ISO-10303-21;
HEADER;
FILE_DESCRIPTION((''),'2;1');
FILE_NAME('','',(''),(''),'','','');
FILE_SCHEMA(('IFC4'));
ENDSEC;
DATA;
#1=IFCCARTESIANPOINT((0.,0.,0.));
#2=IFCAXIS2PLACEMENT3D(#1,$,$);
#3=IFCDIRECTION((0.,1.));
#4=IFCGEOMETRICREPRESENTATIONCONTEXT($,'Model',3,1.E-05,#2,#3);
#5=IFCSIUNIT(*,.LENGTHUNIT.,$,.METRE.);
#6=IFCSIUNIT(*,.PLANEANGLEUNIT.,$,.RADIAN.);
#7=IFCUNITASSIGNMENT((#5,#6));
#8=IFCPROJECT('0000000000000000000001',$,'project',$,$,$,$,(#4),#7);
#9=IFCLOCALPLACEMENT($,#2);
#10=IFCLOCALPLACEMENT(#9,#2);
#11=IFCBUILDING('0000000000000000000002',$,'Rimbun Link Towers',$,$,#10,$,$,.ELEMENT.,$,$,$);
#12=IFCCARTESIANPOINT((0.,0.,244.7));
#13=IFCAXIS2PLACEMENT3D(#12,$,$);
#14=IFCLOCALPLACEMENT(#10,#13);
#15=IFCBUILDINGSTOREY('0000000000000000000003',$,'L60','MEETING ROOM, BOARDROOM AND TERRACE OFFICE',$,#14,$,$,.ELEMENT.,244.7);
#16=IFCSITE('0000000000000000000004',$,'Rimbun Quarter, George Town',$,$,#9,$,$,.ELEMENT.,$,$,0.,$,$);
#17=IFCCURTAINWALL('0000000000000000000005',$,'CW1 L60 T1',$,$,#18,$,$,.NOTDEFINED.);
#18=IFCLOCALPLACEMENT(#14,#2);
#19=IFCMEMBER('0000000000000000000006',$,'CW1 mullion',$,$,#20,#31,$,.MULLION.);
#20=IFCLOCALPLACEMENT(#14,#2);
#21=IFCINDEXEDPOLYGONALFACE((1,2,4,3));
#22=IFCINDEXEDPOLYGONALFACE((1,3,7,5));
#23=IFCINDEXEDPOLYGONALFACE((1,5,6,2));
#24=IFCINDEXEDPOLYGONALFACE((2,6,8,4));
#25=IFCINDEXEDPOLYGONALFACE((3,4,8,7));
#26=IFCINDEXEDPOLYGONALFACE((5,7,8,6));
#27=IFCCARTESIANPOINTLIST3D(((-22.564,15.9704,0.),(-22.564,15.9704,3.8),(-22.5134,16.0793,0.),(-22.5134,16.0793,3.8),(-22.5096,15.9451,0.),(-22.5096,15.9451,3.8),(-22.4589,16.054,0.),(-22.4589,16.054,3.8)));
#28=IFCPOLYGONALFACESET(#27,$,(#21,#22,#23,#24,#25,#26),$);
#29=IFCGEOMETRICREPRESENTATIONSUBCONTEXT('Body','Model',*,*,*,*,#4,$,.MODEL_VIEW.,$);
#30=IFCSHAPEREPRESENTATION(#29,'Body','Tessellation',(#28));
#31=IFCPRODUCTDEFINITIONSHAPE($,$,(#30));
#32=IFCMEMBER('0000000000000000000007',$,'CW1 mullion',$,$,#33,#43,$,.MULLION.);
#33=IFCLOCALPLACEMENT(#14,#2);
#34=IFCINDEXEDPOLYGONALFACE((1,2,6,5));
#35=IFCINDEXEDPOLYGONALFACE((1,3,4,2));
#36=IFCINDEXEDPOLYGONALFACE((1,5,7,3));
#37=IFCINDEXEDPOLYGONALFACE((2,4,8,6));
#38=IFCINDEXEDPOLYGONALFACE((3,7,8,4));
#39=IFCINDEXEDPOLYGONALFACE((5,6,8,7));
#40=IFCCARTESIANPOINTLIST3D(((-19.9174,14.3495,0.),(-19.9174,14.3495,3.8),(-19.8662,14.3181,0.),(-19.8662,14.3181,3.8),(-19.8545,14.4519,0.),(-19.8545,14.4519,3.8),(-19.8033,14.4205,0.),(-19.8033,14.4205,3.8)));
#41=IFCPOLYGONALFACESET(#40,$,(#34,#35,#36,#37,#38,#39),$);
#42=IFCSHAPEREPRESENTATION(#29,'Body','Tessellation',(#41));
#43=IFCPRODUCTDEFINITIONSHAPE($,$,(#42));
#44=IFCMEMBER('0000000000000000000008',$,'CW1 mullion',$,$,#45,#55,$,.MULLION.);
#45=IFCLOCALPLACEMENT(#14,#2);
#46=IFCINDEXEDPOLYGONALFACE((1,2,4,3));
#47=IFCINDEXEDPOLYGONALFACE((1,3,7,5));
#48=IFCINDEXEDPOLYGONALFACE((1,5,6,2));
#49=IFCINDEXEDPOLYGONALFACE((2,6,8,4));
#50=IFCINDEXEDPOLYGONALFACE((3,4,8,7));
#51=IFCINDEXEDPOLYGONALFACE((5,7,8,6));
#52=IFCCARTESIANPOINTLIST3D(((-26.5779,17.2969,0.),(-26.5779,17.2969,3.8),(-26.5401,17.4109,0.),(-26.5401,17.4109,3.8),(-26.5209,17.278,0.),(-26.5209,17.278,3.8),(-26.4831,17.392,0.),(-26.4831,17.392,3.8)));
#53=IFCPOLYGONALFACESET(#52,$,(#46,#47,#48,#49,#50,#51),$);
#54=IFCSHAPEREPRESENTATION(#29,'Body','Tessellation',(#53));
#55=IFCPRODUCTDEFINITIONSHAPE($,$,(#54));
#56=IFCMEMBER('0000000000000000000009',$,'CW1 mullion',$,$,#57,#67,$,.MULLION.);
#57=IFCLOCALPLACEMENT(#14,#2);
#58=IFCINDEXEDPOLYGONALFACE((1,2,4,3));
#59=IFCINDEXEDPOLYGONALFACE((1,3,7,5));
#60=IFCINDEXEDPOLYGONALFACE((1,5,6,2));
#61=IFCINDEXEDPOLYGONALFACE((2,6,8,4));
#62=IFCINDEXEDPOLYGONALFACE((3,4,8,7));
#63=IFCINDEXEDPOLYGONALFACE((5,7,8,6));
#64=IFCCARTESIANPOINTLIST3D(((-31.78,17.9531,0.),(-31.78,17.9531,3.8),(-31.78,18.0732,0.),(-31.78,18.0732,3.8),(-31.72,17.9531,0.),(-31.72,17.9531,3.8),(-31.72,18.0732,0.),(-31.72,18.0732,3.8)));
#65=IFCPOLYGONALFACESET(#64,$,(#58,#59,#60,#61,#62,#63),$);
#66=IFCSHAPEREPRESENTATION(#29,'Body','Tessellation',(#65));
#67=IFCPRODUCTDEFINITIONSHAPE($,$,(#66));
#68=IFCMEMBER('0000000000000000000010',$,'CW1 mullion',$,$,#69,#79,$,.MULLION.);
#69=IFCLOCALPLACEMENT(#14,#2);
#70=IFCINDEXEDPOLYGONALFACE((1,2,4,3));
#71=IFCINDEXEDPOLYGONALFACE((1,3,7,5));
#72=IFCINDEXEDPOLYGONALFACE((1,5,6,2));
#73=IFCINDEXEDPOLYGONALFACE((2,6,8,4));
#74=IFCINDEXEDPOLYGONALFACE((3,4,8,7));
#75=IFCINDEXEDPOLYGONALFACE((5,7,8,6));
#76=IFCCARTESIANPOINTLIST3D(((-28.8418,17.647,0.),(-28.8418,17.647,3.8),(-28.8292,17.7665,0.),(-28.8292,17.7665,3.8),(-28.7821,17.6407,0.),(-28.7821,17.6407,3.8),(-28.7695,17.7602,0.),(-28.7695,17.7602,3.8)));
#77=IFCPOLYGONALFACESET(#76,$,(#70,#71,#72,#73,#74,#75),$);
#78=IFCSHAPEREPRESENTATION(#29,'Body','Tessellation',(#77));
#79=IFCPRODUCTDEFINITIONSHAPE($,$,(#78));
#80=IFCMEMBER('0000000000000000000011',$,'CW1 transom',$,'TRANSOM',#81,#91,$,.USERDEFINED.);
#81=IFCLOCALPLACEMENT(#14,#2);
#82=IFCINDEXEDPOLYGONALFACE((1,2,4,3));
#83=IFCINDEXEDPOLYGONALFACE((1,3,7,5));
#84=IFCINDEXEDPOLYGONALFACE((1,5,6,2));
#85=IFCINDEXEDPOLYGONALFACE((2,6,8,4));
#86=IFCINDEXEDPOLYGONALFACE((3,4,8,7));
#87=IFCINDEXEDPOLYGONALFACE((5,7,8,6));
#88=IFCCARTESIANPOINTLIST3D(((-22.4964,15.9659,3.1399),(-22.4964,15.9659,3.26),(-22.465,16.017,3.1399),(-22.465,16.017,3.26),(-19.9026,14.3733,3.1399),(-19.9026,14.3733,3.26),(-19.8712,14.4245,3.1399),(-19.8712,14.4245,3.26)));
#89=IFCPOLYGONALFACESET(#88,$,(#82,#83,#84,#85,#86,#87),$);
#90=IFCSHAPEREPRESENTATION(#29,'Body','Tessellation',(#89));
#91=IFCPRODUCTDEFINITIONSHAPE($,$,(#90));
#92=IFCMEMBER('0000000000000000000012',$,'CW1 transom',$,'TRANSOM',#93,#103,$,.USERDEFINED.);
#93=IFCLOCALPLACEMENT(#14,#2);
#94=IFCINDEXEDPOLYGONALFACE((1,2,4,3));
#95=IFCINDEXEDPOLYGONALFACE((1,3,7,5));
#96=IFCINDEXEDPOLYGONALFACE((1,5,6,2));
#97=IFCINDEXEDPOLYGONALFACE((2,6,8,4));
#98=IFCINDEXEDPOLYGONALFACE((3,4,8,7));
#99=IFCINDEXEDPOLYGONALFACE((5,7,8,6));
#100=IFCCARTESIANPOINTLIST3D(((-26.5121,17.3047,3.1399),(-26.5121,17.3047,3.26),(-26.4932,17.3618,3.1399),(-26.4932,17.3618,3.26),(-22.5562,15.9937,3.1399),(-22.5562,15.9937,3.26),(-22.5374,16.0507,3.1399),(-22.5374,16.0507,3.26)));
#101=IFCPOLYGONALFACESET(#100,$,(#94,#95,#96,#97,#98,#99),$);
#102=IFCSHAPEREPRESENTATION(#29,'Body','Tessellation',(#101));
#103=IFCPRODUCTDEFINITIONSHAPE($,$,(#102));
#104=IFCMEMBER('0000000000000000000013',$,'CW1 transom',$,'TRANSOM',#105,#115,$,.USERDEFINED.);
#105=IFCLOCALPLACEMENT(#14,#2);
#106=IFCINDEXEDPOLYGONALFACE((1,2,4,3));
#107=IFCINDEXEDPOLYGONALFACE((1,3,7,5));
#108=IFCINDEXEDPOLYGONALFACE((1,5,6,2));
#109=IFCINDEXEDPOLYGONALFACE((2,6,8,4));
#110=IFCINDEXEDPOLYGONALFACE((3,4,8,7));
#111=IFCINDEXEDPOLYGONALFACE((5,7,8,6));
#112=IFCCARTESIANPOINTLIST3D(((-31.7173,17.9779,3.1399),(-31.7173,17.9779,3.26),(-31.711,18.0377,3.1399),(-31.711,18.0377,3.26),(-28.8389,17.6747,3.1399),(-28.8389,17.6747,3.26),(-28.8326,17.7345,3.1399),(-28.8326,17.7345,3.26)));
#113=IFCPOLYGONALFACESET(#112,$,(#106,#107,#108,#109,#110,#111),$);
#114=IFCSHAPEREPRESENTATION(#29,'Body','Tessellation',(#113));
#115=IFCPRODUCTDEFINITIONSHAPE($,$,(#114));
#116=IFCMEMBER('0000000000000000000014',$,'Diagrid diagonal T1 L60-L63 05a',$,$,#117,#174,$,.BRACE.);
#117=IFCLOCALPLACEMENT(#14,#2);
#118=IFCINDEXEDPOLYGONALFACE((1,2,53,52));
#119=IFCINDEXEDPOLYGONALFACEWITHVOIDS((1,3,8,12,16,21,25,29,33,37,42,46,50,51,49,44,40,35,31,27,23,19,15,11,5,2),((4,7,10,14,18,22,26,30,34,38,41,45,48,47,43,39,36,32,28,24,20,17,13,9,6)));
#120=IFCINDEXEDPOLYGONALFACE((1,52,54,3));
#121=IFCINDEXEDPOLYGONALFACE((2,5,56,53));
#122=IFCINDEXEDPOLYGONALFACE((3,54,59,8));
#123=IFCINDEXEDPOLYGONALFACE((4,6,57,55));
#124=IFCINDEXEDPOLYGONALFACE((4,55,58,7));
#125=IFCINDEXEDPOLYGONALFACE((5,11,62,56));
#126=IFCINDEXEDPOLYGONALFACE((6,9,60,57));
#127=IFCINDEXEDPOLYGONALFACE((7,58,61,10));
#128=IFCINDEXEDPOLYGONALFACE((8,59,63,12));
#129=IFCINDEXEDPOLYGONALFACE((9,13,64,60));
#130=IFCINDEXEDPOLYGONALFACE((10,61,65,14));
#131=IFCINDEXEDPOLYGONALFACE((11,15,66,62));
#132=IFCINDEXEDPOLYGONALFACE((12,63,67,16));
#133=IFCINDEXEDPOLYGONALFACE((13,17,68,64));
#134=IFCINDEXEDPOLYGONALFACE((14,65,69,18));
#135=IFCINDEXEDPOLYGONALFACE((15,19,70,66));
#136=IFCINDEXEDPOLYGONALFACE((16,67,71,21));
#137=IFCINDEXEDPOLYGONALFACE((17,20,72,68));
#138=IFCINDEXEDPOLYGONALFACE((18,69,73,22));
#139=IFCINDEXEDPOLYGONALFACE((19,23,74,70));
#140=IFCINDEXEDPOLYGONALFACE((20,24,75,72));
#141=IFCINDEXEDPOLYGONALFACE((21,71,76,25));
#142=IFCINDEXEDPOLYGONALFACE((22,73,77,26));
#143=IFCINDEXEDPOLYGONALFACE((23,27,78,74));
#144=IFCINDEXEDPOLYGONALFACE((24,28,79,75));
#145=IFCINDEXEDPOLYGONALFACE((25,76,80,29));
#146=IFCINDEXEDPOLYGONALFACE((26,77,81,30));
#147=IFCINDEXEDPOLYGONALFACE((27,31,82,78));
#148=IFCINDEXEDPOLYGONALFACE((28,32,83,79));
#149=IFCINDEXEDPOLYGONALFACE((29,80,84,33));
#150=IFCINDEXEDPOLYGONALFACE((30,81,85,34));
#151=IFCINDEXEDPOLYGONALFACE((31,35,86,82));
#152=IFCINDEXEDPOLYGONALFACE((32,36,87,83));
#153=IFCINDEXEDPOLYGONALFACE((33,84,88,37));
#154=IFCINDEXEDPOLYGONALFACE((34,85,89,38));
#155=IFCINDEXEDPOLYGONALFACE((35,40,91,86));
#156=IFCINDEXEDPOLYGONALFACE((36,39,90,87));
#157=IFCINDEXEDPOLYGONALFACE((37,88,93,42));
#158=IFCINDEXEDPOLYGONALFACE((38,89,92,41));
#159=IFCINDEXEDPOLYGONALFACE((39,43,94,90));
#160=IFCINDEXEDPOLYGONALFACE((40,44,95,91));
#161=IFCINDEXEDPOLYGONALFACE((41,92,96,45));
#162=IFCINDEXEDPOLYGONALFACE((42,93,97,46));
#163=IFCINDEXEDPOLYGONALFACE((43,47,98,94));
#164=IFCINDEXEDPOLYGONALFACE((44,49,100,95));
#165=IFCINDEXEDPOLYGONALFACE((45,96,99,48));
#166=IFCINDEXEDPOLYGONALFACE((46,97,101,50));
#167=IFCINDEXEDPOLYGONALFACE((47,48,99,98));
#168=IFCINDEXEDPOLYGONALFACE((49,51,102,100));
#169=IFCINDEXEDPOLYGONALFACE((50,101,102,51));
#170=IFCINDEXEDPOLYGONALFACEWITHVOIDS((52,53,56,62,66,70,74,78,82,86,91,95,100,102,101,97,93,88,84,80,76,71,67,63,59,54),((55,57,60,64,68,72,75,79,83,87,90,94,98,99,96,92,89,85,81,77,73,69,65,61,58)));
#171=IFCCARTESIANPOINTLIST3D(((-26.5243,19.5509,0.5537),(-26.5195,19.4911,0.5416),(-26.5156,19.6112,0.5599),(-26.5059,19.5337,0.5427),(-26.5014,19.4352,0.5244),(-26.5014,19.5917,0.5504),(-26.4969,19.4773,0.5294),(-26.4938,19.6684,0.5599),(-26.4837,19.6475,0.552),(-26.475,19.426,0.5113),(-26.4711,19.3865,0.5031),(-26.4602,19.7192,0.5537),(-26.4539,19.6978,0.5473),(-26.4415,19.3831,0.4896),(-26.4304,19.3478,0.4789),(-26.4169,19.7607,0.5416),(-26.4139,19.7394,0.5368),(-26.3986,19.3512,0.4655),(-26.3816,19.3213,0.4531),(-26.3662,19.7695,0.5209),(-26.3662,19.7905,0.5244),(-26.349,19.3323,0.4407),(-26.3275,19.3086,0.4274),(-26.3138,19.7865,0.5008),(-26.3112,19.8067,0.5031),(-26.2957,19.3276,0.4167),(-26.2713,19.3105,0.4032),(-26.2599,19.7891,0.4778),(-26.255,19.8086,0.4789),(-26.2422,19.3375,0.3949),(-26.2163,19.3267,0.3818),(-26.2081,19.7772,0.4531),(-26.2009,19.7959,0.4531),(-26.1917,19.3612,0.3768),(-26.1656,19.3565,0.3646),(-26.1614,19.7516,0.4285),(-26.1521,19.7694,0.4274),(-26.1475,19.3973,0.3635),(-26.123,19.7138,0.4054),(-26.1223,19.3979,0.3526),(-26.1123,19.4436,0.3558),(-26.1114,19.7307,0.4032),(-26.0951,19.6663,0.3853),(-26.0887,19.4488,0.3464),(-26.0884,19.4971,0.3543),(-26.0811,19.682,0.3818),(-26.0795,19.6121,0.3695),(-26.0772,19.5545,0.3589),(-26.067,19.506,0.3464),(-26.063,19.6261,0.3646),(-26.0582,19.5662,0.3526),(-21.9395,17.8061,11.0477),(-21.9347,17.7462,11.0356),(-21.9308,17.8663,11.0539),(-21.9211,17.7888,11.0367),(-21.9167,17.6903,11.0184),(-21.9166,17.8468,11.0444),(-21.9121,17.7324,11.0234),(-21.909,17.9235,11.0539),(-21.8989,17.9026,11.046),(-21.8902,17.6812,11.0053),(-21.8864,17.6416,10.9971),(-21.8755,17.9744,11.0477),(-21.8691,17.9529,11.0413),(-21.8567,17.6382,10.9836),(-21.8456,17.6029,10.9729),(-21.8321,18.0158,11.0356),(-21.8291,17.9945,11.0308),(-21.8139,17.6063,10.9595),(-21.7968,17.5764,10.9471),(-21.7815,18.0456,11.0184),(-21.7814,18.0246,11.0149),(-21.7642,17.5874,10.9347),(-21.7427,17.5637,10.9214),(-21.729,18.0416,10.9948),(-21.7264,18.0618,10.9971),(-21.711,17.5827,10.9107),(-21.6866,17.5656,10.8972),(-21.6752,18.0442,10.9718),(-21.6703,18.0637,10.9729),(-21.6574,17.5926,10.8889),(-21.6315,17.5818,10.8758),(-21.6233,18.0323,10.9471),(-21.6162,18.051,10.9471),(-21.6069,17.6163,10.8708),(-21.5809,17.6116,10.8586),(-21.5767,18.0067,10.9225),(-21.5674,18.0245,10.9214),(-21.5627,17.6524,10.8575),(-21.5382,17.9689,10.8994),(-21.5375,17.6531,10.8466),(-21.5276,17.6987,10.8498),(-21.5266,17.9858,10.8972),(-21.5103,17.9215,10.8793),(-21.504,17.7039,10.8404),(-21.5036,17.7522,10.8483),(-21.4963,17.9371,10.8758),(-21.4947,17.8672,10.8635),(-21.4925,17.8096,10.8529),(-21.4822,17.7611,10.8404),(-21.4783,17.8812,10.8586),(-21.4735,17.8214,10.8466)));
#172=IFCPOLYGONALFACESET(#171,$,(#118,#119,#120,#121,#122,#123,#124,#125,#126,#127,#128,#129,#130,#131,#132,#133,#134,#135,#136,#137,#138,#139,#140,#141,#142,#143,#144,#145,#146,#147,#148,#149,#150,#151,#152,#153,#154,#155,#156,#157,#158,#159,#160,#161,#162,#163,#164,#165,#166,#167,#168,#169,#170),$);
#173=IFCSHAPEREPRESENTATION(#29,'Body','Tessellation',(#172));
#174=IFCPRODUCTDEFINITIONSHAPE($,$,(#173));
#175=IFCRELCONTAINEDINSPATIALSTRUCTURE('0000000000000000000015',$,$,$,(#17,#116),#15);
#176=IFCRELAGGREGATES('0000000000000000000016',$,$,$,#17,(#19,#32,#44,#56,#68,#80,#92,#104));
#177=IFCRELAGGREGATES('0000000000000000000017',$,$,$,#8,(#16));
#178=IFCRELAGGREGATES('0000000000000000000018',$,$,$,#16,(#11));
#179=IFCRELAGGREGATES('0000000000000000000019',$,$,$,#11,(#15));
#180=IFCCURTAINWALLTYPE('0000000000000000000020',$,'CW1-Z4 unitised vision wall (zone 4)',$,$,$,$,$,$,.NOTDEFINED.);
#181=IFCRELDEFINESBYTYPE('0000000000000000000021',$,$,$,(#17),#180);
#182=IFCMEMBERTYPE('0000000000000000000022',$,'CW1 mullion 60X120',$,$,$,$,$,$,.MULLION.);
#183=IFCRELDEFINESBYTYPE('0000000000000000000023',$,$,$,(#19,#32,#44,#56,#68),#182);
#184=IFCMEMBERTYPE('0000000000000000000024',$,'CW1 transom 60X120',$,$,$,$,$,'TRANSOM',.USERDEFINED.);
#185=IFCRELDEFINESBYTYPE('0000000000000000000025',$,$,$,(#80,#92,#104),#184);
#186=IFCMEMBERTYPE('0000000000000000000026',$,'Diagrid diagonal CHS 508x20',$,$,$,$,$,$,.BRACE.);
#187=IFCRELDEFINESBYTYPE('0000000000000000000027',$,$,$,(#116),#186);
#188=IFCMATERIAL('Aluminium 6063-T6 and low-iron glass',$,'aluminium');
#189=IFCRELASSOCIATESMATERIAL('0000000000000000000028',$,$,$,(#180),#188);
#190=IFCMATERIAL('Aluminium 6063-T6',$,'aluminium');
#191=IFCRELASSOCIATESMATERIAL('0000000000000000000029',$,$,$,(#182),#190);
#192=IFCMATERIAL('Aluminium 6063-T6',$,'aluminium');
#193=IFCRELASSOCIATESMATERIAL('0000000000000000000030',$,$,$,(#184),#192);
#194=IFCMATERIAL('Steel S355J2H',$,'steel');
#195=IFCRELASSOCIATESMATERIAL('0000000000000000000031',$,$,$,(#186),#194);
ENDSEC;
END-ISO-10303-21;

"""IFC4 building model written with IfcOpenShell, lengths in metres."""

from ifc_helpers import new_model, si_unit, direction, frame, origin, origin_2d, place, context, subcontext, project, spatial, rectangle, hollow_circle, extrude, material, material_profile, profile_set, type_object, element, aggregate, save


model = new_model("IFC4")

# Units and contexts
model_context = context("Model", 3, precision=1e-05, world=origin(), true_north=direction((0.0, 1.0)))
body_context = subcontext(model_context, "Body", "Model", "MODEL_VIEW")
ifc_project = project(units=[si_unit("LENGTHUNIT", "METRE"), si_unit("PLANEANGLEUNIT", "RADIAN")], contexts=[model_context])

# Site, building, storey
site_placement = place(None, origin())
site = spatial("IfcSite", under=ifc_project, at=site_placement, Name="Rimbun Quarter, George Town", CompositionType="ELEMENT", RefElevation=0.0)
building_placement = place(site_placement, origin())
building = spatial("IfcBuilding", under=site, at=building_placement, Name="Rimbun Link Towers", CompositionType="ELEMENT")
storey_placement = place(building_placement, frame((0.0, 0.0, 244.7)))
storey = spatial("IfcBuildingStorey", under=building, at=storey_placement, Name="L60", Description="MEETING ROOM, BOARDROOM AND TERRACE OFFICE", CompositionType="ELEMENT", Elevation=244.7)

# Curtain wall, members
ifc_material_1 = material(Name="Aluminium 6063-T6 and low-iron glass", Category="aluminium")
curtain_wall_type = type_object("IfcCurtainWallType", Name="CW1-Z4 unitised vision wall (zone 4)", PredefinedType="NOTDEFINED", material=ifc_material_1)
curtain_wall_placement = place(storey_placement, origin())
curtain_wall = element("IfcCurtainWall", 1, at=curtain_wall_placement, inside=storey, type_object=curtain_wall_type, Name="CW1 L60 T1", PredefinedType="NOTDEFINED")
ifc_material_2 = material(Name="Aluminium 6063-T6", Category="aluminium")
ifc_material_profile_1 = material_profile(ifc_material_2, rectangle(XDim=0.1201, YDim=0.0601, at=origin_2d()), Name="MULLION 60X120")
ifc_profile_set_1 = profile_set([ifc_material_profile_1], Name="Aluminium 6063-T6")
member_type_1 = type_object("IfcMemberType", Name="CW1 mullion 60X120", PredefinedType="MULLION", material=ifc_profile_set_1)
member_1_placement = place(storey_placement, frame((-22.5115, 16.0122, 0.0), z_axis=(0.0, 0.0, 1.0), x_axis=(0.4217, 0.906735, 0.0)))
member_1 = element("IfcMember", 2, at=member_1_placement, type_object=member_type_1, Name="CW1 mullion", PredefinedType="MULLION", context=body_context, shape_type="SweptSolid", body=[
    extrude(rectangle(XDim=0.1201, YDim=0.0601, at=origin_2d()), origin(), (0.0, 0.0, 1.0), 3.8),
])
member_2_placement = place(storey_placement, frame((-19.8604, 14.385, 0.0), z_axis=(0.0, 0.0, 1.0), x_axis=(0.523229, 0.852192, 0.0)))
member_2 = element("IfcMember", 3, at=member_2_placement, type_object=member_type_1, Name="CW1 mullion", PredefinedType="MULLION", context=body_context, shape_type="SweptSolid", body=[
    extrude(rectangle(XDim=0.1201, YDim=0.0601, at=origin_2d()), origin(), (0.0, 0.0, 1.0), 3.8),
])
member_3_placement = place(storey_placement, frame((-26.5305, 17.3445, 0.0), z_axis=(0.0, 0.0, 1.0), x_axis=(0.314569, 0.949234, 0.0)))
member_3 = element("IfcMember", 4, at=member_3_placement, type_object=member_type_1, Name="CW1 mullion", PredefinedType="MULLION", context=body_context, shape_type="SweptSolid", body=[
    extrude(rectangle(XDim=0.1201, YDim=0.0601, at=origin_2d()), origin(), (0.0, 0.0, 1.0), 3.8),
])
member_4_placement = place(storey_placement, frame((-31.75, 18.0132, 0.0), z_axis=(0.0, 0.0, 1.0), x_axis=(0.0, 1.0, 0.0)))
member_4 = element("IfcMember", 5, at=member_4_placement, type_object=member_type_1, Name="CW1 mullion", PredefinedType="MULLION", context=body_context, shape_type="SweptSolid", body=[
    extrude(rectangle(XDim=0.1201, YDim=0.0601, at=origin_2d()), origin(), (0.0, 0.0, 1.0), 3.8),
])
member_5_placement = place(storey_placement, frame((-28.8057, 17.7036, 0.0), z_axis=(0.0, 0.0, 1.0), x_axis=(0.104732, 0.9945, 0.0)))
member_5 = element("IfcMember", 6, at=member_5_placement, type_object=member_type_1, Name="CW1 mullion", PredefinedType="MULLION", context=body_context, shape_type="SweptSolid", body=[
    extrude(rectangle(XDim=0.1201, YDim=0.0601, at=origin_2d()), origin(), (0.0, 0.0, 1.0), 3.8),
])
ifc_material_3 = material(Name="Aluminium 6063-T6", Category="aluminium")
ifc_material_profile_2 = material_profile(ifc_material_3, rectangle(XDim=0.0601, YDim=0.1201, at=origin_2d()), Name="TRANSOM 60X120")
ifc_profile_set_2 = profile_set([ifc_material_profile_2], Name="Aluminium 6063-T6")
member_type_2 = type_object("IfcMemberType", Name="CW1 transom 60X120", ElementType="TRANSOM", PredefinedType="USERDEFINED", material=ifc_profile_set_2)
member_6_placement = place(storey_placement, frame((-22.4807, 15.9915, 3.2), z_axis=(0.852189, -0.523233, 0.0), x_axis=(0.523233, 0.852189, 0.0)))
member_6 = element("IfcMember", 7, at=member_6_placement, type_object=member_type_2, Name="CW1 transom", ObjectType="TRANSOM", PredefinedType="USERDEFINED", context=body_context, shape_type="SweptSolid", body=[
    extrude(rectangle(XDim=0.0601, YDim=0.1201, at=origin_2d()), origin(), (0.0, 0.0, 1.0), 3.0437),
])
member_7_placement = place(storey_placement, frame((-26.5027, 17.3333, 3.2), z_axis=(0.949227, -0.314593, 0.0), x_axis=(0.314593, 0.949227, 0.0)))
member_7 = element("IfcMember", 8, at=member_7_placement, type_object=member_type_2, Name="CW1 transom", ObjectType="TRANSOM", PredefinedType="USERDEFINED", context=body_context, shape_type="SweptSolid", body=[
    extrude(rectangle(XDim=0.0601, YDim=0.1201, at=origin_2d()), origin(), (0.0, 0.0, 1.0), 4.1675),
])
member_8_placement = place(storey_placement, frame((-31.7141, 18.0078, 3.2), z_axis=(0.994497, -0.104764, 0.0), x_axis=(0.104764, 0.994497, 0.0)))
member_8 = element("IfcMember", 9, at=member_8_placement, type_object=member_type_2, Name="CW1 transom", ObjectType="TRANSOM", PredefinedType="USERDEFINED", context=body_context, shape_type="SweptSolid", body=[
    extrude(rectangle(XDim=0.0601, YDim=0.1201, at=origin_2d()), origin(), (0.0, 0.0, 1.0), 2.8943),
])

# Member
ifc_material_4 = material(Name="Steel S355J2H", Category="steel")
ifc_material_profile_3 = material_profile(ifc_material_4, hollow_circle(Radius=0.2539, WallThickness=0.02, at=origin_2d()), Name="Diagrid diagonal CHS 508x20")
ifc_profile_set_3 = profile_set([ifc_material_profile_3], Name="Steel S355J2H")
member_type_3 = type_object("IfcMemberType", Name="Diagrid diagonal CHS 508x20", PredefinedType="BRACE", material=ifc_profile_set_3)
member_9_placement = place(storey_placement, frame((-26.2913, 19.5586, 0.4531), z_axis=(0.395785, -0.15063, 0.905906), x_axis=(0.355695, 0.934602, 0.0)))
element("IfcMember", 10, at=member_9_placement, inside=storey, type_object=member_type_3, Name="Diagrid diagonal T1 L60-L63 05a", PredefinedType="BRACE", context=body_context, shape_type="SweptSolid", body=[
    extrude(hollow_circle(Radius=0.2539, WallThickness=0.02, at=origin_2d()), origin(), (0.0, 0.0, 1.0), 11.584),
])

aggregate(curtain_wall, [member_1, member_2, member_3, member_4, member_5, member_6, member_7, member_8])

save(model, "model.ifc")
